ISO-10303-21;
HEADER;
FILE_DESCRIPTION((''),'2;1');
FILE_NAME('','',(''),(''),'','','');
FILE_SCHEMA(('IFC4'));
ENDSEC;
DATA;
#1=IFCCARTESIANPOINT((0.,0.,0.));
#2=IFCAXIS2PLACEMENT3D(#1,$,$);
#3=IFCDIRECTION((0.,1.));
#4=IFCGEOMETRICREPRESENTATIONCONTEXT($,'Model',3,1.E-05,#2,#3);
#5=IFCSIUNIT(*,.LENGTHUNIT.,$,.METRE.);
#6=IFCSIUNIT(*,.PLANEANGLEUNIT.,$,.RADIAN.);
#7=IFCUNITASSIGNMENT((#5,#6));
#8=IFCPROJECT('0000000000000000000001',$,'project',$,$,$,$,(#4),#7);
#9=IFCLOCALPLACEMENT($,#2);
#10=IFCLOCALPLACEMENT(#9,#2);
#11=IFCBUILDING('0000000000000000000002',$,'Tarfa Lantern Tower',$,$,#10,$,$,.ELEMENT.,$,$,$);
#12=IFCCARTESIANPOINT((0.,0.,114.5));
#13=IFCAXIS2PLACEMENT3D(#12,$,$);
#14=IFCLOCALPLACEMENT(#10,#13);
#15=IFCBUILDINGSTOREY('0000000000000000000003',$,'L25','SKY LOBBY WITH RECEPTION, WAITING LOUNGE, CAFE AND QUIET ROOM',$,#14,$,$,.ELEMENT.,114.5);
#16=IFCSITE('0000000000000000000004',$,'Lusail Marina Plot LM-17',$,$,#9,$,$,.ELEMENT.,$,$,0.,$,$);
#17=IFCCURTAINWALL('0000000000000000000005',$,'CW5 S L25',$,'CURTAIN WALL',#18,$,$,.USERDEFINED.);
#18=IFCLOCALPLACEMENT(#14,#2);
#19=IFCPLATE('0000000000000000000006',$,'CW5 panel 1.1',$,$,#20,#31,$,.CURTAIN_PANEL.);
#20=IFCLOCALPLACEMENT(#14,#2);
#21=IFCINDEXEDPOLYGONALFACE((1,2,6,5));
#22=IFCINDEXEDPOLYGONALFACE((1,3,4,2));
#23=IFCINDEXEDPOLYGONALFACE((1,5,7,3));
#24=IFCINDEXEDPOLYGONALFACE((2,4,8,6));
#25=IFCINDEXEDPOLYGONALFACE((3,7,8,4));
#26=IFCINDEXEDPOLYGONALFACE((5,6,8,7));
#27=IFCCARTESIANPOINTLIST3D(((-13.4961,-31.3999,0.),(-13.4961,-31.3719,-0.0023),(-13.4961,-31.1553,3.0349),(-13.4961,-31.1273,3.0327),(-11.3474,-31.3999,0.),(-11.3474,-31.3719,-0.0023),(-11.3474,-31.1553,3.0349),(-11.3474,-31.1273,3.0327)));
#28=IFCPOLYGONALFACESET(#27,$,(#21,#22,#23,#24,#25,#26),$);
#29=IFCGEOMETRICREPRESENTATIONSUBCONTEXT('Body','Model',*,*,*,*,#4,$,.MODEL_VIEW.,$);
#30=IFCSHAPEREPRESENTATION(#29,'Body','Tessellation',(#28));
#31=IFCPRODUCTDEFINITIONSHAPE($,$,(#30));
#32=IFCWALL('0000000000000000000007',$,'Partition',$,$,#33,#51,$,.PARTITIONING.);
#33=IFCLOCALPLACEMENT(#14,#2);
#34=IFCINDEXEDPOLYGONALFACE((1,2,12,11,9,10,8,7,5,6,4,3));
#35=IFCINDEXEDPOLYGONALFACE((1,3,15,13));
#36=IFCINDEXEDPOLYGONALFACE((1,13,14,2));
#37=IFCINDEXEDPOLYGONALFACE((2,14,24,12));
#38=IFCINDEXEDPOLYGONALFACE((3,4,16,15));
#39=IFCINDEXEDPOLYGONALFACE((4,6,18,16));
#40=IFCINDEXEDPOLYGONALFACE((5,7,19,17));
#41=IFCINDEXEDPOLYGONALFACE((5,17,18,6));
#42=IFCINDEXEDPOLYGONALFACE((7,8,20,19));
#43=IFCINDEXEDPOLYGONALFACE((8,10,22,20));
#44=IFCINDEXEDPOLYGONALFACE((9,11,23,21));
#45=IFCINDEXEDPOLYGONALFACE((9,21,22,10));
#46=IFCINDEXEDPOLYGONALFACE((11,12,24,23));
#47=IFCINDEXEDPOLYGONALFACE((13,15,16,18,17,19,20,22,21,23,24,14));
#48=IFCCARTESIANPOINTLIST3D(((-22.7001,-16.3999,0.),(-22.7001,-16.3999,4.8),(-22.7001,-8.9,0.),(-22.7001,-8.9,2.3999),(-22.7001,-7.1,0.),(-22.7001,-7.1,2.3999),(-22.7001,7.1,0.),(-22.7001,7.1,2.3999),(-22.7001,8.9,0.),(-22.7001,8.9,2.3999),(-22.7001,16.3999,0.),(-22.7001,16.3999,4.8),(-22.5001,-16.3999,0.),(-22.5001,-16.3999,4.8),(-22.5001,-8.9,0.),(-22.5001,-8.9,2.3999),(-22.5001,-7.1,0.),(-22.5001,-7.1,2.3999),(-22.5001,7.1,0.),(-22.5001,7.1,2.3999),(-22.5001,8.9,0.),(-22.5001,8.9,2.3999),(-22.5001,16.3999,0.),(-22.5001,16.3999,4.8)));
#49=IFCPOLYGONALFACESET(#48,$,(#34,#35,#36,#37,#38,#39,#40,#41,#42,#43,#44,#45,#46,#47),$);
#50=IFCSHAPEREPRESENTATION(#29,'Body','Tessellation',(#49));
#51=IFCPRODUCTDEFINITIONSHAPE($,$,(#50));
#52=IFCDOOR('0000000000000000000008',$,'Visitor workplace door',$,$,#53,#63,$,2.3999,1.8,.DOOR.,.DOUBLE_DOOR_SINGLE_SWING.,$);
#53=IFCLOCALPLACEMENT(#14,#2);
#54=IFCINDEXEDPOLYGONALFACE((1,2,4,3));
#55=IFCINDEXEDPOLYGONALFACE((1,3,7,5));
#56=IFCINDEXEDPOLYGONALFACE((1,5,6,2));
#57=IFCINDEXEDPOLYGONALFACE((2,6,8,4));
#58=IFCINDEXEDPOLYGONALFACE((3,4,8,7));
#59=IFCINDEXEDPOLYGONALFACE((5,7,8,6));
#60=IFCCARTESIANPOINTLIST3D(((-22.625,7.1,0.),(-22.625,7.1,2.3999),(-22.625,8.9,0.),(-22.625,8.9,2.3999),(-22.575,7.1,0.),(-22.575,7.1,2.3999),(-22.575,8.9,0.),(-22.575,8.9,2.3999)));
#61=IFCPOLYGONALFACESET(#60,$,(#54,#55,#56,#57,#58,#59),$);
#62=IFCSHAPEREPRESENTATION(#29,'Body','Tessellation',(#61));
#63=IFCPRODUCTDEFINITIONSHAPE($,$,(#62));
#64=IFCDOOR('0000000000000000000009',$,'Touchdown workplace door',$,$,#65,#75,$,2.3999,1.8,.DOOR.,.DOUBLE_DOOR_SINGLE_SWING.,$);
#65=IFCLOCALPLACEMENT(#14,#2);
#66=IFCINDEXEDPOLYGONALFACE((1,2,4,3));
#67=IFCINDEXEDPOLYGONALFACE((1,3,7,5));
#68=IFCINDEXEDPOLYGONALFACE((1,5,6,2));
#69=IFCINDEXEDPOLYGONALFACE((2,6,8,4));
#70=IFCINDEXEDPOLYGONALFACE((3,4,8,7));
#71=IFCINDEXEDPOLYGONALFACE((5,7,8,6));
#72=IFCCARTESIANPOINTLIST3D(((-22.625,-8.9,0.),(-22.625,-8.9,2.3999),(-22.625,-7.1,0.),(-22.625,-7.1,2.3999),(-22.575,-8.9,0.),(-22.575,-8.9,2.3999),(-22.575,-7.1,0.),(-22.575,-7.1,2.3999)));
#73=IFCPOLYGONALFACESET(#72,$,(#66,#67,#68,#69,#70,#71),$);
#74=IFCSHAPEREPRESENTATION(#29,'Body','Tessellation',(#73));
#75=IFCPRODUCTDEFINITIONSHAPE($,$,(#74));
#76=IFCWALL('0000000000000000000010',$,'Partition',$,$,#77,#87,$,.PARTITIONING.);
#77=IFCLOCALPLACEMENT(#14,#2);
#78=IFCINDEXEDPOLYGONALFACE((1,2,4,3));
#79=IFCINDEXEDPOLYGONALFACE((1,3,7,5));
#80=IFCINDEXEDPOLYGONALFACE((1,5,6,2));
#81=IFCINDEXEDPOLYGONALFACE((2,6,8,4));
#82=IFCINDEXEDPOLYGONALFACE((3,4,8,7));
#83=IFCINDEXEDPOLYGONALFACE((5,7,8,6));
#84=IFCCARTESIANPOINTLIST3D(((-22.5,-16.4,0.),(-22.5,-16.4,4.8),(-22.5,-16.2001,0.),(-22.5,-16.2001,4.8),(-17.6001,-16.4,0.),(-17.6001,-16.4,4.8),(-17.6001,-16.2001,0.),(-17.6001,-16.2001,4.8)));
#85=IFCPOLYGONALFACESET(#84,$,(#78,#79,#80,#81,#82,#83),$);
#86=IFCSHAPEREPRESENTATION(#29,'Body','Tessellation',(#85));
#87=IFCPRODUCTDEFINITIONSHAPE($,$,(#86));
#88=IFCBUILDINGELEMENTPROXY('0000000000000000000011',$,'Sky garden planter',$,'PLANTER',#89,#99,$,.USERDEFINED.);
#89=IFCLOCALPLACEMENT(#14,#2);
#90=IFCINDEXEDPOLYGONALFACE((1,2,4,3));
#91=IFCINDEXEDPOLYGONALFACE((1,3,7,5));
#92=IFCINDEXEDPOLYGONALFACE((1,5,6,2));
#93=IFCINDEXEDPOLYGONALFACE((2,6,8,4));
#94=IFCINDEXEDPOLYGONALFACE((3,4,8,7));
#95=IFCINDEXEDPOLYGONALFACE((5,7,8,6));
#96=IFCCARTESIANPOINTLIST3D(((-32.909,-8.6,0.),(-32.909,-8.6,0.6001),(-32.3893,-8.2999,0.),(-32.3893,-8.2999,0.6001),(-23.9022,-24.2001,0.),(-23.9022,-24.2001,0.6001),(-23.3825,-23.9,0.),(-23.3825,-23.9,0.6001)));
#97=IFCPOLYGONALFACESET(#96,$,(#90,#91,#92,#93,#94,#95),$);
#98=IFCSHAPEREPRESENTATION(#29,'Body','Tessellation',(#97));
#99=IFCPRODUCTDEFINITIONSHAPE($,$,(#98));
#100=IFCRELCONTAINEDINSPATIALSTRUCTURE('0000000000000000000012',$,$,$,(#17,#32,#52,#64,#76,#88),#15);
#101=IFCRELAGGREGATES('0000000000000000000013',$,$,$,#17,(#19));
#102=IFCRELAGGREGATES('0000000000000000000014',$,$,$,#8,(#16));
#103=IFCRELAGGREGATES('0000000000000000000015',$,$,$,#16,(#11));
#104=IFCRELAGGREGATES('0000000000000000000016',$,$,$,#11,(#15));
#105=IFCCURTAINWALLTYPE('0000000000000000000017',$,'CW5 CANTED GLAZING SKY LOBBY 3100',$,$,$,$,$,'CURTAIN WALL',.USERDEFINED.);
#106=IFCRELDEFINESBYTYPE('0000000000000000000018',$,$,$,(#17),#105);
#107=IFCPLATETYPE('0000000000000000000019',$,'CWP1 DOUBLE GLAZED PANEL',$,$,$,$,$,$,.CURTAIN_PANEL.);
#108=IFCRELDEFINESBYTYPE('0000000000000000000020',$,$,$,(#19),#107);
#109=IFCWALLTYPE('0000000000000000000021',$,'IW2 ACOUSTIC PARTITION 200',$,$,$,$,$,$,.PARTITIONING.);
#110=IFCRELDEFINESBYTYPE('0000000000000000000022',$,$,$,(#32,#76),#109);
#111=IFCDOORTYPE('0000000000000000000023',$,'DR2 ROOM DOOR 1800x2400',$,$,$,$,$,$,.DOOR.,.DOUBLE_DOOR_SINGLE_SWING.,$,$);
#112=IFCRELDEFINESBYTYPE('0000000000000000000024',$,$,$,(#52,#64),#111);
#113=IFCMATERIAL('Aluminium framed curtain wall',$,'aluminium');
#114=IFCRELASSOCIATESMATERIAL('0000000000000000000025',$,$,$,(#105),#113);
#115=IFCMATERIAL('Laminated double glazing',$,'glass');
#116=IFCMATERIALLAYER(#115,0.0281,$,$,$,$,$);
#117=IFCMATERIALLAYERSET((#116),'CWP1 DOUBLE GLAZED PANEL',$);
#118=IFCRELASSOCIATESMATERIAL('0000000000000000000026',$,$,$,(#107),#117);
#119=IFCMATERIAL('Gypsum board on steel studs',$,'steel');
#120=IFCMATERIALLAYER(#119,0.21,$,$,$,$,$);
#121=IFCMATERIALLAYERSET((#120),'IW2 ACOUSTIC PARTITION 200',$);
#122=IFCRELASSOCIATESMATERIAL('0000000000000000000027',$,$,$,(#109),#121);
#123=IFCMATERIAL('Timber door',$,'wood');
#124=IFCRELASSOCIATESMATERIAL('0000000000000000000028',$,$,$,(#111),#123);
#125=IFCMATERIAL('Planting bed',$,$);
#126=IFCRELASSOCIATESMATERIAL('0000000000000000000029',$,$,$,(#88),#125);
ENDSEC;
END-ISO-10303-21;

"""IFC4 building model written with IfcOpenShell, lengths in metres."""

from ifc_helpers import new_model, si_unit, direction, frame, frame_2d, origin, origin_2d, place, context, subcontext, project, spatial, polyline, rectangle, outline, extrude, material, layer, layer_set, type_object, element, fill, aggregate, save


model = new_model("IFC4")

# Units and contexts
model_context = context("Model", 3, precision=1e-05, world=origin(), true_north=direction((0.0, 1.0)))
body_context = subcontext(model_context, "Body", "Model", "MODEL_VIEW")
ifc_project = project(units=[si_unit("LENGTHUNIT", "METRE"), si_unit("PLANEANGLEUNIT", "RADIAN")], contexts=[model_context])

# Site, building, storey
site_placement = place(None, origin())
site = spatial("IfcSite", under=ifc_project, at=site_placement, Name="Lusail Marina Plot LM-17", CompositionType="ELEMENT", RefElevation=0.0)
building_placement = place(site_placement, origin())
building = spatial("IfcBuilding", under=site, at=building_placement, Name="Tarfa Lantern Tower", CompositionType="ELEMENT")
storey_placement = place(building_placement, frame((0.0, 0.0, 114.5)))
storey = spatial("IfcBuildingStorey", under=building, at=storey_placement, Name="L25", Description="SKY LOBBY WITH RECEPTION, WAITING LOUNGE, CAFE AND QUIET ROOM", CompositionType="ELEMENT", Elevation=114.5)

# Curtain wall
ifc_material_1 = material(Name="Aluminium framed curtain wall", Category="aluminium")
curtain_wall_type = type_object("IfcCurtainWallType", Name="CW5 CANTED GLAZING SKY LOBBY 3100", ElementType="CURTAIN WALL", PredefinedType="USERDEFINED", material=ifc_material_1)
curtain_wall_placement = place(storey_placement, origin())
curtain_wall = element("IfcCurtainWall", 1, at=curtain_wall_placement, inside=storey, type_object=curtain_wall_type, Name="CW5 S L25", ObjectType="CURTAIN WALL", PredefinedType="USERDEFINED")

# Plate
ifc_material_2 = material(Name="Laminated double glazing", Category="glass")
ifc_layer_1 = layer(ifc_material_2, 0.0281)
ifc_layer_set_1 = layer_set([ifc_layer_1], Name="CWP1 DOUBLE GLAZED PANEL")
plate_type = type_object("IfcPlateType", Name="CWP1 DOUBLE GLAZED PANEL", PredefinedType="CURTAIN_PANEL", material=ifc_layer_set_1)
plate_placement = place(storey_placement, frame((-13.4961, -31.3999, 0.0), z_axis=(0.0, -0.996767, 0.080344), x_axis=(1.0, 0.0, 0.0)))
plate = element("IfcPlate", 2, at=plate_placement, type_object=plate_type, Name="CW5 panel 1.1", PredefinedType="CURTAIN_PANEL", context=body_context, shape_type="SweptSolid", body=[
    extrude(outline(polyline([(0.0, 0.0), (2.1487, 0.0), (2.1487, 3.0448), (0.0, 3.0448), (0.0, 0.0)])), origin(), (0.0, 0.0, -1.0), 0.0281),
])
aggregate(curtain_wall, [plate])

# Wall, openings, doors
ifc_material_3 = material(Name="Gypsum board on steel studs", Category="steel")
ifc_layer_2 = layer(ifc_material_3, 0.21)
ifc_layer_set_2 = layer_set([ifc_layer_2], Name="IW2 ACOUSTIC PARTITION 200")
wall_type = type_object("IfcWallType", Name="IW2 ACOUSTIC PARTITION 200", PredefinedType="PARTITIONING", material=ifc_layer_set_2)
wall_1_placement = place(storey_placement, frame((-22.6001, -16.3999, 0.0), z_axis=(0.0, 0.0, 1.0), x_axis=(0.0, 1.0, 0.0)))
wall_1 = element("IfcWall", 3, at=wall_1_placement, inside=storey, type_object=wall_type, Name="Partition", PredefinedType="PARTITIONING", context=body_context, shape_type="SweptSolid", body=[
    extrude(rectangle(XDim=32.7998, YDim=0.2, at=frame_2d((16.3999, 0.0))), origin(), (0.0, 0.0, 1.0), 4.8),
])
opening_1_placement = place(wall_1_placement, frame((23.5, 0.0, 0.0)))
opening_1 = element("IfcOpeningElement", 4, at=opening_1_placement, cuts=wall_1, PredefinedType="OPENING", context=body_context, shape_type="SweptSolid", body=[
    extrude(rectangle(XDim=1.8, YDim=2.3999, at=frame_2d((0.8999, 1.2))), frame((0.0, 0.1099, 0.0), z_axis=(0.0, -1.0, 0.0), x_axis=(1.0, 0.0, 0.0)), (0.0, 0.0, 1.0), 0.22),
])
opening_2_placement = place(wall_1_placement, frame((7.5, 0.0, 0.0)))
opening_2 = element("IfcOpeningElement", 5, at=opening_2_placement, cuts=wall_1, PredefinedType="OPENING", context=body_context, shape_type="SweptSolid", body=[
    extrude(rectangle(XDim=1.8, YDim=2.3999, at=frame_2d((0.8999, 1.2))), frame((0.0, 0.1099, 0.0), z_axis=(0.0, -1.0, 0.0), x_axis=(1.0, 0.0, 0.0)), (0.0, 0.0, 1.0), 0.22),
])
ifc_material_4 = material(Name="Timber door", Category="wood")
door_type = type_object("IfcDoorType", Name="DR2 ROOM DOOR 1800x2400", OperationType="DOUBLE_DOOR_SINGLE_SWING", PredefinedType="DOOR", material=ifc_material_4)
door_1_placement = place(opening_1_placement, origin())
door_1 = element("IfcDoor", 6, at=door_1_placement, inside=storey, type_object=door_type, Name="Visitor workplace door", OperationType="DOUBLE_DOOR_SINGLE_SWING", OverallHeight=2.3999, OverallWidth=1.8, PredefinedType="DOOR", context=body_context, shape_type="SweptSolid", body=[
    extrude(rectangle(XDim=1.8, YDim=2.3999, at=frame_2d((0.8999, 1.2))), frame((0.0, 0.0249, 0.0), z_axis=(0.0, -1.0, 0.0), x_axis=(1.0, 0.0, 0.0)), (0.0, 0.0, 1.0), 0.05),
])
fill(opening_1, door_1)
door_2_placement = place(opening_2_placement, origin())
door_2 = element("IfcDoor", 7, at=door_2_placement, inside=storey, type_object=door_type, Name="Touchdown workplace door", OperationType="DOUBLE_DOOR_SINGLE_SWING", OverallHeight=2.3999, OverallWidth=1.8, PredefinedType="DOOR", context=body_context, shape_type="SweptSolid", body=[
    extrude(rectangle(XDim=1.8, YDim=2.3999, at=frame_2d((0.8999, 1.2))), frame((0.0, 0.0249, 0.0), z_axis=(0.0, -1.0, 0.0), x_axis=(1.0, 0.0, 0.0)), (0.0, 0.0, 1.0), 0.05),
])
fill(opening_2, door_2)

# Wall
wall_2_placement = place(storey_placement, frame((-17.6001, -16.3, 0.0), z_axis=(0.0, 0.0, 1.0), x_axis=(-1.0, 0.0, 0.0)))
element("IfcWall", 8, at=wall_2_placement, inside=storey, type_object=wall_type, Name="Partition", PredefinedType="PARTITIONING", context=body_context, shape_type="SweptSolid", body=[
    extrude(rectangle(XDim=4.8999, YDim=0.2, at=frame_2d((2.45, 0.0))), origin(), (0.0, 0.0, 1.0), 4.8),
])

# Building element proxy
ifc_material_5 = material(Name="Planting bed")
proxy_placement = place(storey_placement, frame((-28.1458, -16.25, 0.0), z_axis=(0.0, 0.0, 1.0), x_axis=(0.5, -0.866025, 0.0)))
element("IfcBuildingElementProxy", 9, at=proxy_placement, inside=storey, material=ifc_material_5, Name="Sky garden planter", ObjectType="PLANTER", PredefinedType="USERDEFINED", context=body_context, shape_type="SweptSolid", body=[
    extrude(rectangle(XDim=18.0134, YDim=0.6001, at=origin_2d()), origin(), (0.0, 0.0, 1.0), 0.6001),
])

save(model, "model.ifc")
